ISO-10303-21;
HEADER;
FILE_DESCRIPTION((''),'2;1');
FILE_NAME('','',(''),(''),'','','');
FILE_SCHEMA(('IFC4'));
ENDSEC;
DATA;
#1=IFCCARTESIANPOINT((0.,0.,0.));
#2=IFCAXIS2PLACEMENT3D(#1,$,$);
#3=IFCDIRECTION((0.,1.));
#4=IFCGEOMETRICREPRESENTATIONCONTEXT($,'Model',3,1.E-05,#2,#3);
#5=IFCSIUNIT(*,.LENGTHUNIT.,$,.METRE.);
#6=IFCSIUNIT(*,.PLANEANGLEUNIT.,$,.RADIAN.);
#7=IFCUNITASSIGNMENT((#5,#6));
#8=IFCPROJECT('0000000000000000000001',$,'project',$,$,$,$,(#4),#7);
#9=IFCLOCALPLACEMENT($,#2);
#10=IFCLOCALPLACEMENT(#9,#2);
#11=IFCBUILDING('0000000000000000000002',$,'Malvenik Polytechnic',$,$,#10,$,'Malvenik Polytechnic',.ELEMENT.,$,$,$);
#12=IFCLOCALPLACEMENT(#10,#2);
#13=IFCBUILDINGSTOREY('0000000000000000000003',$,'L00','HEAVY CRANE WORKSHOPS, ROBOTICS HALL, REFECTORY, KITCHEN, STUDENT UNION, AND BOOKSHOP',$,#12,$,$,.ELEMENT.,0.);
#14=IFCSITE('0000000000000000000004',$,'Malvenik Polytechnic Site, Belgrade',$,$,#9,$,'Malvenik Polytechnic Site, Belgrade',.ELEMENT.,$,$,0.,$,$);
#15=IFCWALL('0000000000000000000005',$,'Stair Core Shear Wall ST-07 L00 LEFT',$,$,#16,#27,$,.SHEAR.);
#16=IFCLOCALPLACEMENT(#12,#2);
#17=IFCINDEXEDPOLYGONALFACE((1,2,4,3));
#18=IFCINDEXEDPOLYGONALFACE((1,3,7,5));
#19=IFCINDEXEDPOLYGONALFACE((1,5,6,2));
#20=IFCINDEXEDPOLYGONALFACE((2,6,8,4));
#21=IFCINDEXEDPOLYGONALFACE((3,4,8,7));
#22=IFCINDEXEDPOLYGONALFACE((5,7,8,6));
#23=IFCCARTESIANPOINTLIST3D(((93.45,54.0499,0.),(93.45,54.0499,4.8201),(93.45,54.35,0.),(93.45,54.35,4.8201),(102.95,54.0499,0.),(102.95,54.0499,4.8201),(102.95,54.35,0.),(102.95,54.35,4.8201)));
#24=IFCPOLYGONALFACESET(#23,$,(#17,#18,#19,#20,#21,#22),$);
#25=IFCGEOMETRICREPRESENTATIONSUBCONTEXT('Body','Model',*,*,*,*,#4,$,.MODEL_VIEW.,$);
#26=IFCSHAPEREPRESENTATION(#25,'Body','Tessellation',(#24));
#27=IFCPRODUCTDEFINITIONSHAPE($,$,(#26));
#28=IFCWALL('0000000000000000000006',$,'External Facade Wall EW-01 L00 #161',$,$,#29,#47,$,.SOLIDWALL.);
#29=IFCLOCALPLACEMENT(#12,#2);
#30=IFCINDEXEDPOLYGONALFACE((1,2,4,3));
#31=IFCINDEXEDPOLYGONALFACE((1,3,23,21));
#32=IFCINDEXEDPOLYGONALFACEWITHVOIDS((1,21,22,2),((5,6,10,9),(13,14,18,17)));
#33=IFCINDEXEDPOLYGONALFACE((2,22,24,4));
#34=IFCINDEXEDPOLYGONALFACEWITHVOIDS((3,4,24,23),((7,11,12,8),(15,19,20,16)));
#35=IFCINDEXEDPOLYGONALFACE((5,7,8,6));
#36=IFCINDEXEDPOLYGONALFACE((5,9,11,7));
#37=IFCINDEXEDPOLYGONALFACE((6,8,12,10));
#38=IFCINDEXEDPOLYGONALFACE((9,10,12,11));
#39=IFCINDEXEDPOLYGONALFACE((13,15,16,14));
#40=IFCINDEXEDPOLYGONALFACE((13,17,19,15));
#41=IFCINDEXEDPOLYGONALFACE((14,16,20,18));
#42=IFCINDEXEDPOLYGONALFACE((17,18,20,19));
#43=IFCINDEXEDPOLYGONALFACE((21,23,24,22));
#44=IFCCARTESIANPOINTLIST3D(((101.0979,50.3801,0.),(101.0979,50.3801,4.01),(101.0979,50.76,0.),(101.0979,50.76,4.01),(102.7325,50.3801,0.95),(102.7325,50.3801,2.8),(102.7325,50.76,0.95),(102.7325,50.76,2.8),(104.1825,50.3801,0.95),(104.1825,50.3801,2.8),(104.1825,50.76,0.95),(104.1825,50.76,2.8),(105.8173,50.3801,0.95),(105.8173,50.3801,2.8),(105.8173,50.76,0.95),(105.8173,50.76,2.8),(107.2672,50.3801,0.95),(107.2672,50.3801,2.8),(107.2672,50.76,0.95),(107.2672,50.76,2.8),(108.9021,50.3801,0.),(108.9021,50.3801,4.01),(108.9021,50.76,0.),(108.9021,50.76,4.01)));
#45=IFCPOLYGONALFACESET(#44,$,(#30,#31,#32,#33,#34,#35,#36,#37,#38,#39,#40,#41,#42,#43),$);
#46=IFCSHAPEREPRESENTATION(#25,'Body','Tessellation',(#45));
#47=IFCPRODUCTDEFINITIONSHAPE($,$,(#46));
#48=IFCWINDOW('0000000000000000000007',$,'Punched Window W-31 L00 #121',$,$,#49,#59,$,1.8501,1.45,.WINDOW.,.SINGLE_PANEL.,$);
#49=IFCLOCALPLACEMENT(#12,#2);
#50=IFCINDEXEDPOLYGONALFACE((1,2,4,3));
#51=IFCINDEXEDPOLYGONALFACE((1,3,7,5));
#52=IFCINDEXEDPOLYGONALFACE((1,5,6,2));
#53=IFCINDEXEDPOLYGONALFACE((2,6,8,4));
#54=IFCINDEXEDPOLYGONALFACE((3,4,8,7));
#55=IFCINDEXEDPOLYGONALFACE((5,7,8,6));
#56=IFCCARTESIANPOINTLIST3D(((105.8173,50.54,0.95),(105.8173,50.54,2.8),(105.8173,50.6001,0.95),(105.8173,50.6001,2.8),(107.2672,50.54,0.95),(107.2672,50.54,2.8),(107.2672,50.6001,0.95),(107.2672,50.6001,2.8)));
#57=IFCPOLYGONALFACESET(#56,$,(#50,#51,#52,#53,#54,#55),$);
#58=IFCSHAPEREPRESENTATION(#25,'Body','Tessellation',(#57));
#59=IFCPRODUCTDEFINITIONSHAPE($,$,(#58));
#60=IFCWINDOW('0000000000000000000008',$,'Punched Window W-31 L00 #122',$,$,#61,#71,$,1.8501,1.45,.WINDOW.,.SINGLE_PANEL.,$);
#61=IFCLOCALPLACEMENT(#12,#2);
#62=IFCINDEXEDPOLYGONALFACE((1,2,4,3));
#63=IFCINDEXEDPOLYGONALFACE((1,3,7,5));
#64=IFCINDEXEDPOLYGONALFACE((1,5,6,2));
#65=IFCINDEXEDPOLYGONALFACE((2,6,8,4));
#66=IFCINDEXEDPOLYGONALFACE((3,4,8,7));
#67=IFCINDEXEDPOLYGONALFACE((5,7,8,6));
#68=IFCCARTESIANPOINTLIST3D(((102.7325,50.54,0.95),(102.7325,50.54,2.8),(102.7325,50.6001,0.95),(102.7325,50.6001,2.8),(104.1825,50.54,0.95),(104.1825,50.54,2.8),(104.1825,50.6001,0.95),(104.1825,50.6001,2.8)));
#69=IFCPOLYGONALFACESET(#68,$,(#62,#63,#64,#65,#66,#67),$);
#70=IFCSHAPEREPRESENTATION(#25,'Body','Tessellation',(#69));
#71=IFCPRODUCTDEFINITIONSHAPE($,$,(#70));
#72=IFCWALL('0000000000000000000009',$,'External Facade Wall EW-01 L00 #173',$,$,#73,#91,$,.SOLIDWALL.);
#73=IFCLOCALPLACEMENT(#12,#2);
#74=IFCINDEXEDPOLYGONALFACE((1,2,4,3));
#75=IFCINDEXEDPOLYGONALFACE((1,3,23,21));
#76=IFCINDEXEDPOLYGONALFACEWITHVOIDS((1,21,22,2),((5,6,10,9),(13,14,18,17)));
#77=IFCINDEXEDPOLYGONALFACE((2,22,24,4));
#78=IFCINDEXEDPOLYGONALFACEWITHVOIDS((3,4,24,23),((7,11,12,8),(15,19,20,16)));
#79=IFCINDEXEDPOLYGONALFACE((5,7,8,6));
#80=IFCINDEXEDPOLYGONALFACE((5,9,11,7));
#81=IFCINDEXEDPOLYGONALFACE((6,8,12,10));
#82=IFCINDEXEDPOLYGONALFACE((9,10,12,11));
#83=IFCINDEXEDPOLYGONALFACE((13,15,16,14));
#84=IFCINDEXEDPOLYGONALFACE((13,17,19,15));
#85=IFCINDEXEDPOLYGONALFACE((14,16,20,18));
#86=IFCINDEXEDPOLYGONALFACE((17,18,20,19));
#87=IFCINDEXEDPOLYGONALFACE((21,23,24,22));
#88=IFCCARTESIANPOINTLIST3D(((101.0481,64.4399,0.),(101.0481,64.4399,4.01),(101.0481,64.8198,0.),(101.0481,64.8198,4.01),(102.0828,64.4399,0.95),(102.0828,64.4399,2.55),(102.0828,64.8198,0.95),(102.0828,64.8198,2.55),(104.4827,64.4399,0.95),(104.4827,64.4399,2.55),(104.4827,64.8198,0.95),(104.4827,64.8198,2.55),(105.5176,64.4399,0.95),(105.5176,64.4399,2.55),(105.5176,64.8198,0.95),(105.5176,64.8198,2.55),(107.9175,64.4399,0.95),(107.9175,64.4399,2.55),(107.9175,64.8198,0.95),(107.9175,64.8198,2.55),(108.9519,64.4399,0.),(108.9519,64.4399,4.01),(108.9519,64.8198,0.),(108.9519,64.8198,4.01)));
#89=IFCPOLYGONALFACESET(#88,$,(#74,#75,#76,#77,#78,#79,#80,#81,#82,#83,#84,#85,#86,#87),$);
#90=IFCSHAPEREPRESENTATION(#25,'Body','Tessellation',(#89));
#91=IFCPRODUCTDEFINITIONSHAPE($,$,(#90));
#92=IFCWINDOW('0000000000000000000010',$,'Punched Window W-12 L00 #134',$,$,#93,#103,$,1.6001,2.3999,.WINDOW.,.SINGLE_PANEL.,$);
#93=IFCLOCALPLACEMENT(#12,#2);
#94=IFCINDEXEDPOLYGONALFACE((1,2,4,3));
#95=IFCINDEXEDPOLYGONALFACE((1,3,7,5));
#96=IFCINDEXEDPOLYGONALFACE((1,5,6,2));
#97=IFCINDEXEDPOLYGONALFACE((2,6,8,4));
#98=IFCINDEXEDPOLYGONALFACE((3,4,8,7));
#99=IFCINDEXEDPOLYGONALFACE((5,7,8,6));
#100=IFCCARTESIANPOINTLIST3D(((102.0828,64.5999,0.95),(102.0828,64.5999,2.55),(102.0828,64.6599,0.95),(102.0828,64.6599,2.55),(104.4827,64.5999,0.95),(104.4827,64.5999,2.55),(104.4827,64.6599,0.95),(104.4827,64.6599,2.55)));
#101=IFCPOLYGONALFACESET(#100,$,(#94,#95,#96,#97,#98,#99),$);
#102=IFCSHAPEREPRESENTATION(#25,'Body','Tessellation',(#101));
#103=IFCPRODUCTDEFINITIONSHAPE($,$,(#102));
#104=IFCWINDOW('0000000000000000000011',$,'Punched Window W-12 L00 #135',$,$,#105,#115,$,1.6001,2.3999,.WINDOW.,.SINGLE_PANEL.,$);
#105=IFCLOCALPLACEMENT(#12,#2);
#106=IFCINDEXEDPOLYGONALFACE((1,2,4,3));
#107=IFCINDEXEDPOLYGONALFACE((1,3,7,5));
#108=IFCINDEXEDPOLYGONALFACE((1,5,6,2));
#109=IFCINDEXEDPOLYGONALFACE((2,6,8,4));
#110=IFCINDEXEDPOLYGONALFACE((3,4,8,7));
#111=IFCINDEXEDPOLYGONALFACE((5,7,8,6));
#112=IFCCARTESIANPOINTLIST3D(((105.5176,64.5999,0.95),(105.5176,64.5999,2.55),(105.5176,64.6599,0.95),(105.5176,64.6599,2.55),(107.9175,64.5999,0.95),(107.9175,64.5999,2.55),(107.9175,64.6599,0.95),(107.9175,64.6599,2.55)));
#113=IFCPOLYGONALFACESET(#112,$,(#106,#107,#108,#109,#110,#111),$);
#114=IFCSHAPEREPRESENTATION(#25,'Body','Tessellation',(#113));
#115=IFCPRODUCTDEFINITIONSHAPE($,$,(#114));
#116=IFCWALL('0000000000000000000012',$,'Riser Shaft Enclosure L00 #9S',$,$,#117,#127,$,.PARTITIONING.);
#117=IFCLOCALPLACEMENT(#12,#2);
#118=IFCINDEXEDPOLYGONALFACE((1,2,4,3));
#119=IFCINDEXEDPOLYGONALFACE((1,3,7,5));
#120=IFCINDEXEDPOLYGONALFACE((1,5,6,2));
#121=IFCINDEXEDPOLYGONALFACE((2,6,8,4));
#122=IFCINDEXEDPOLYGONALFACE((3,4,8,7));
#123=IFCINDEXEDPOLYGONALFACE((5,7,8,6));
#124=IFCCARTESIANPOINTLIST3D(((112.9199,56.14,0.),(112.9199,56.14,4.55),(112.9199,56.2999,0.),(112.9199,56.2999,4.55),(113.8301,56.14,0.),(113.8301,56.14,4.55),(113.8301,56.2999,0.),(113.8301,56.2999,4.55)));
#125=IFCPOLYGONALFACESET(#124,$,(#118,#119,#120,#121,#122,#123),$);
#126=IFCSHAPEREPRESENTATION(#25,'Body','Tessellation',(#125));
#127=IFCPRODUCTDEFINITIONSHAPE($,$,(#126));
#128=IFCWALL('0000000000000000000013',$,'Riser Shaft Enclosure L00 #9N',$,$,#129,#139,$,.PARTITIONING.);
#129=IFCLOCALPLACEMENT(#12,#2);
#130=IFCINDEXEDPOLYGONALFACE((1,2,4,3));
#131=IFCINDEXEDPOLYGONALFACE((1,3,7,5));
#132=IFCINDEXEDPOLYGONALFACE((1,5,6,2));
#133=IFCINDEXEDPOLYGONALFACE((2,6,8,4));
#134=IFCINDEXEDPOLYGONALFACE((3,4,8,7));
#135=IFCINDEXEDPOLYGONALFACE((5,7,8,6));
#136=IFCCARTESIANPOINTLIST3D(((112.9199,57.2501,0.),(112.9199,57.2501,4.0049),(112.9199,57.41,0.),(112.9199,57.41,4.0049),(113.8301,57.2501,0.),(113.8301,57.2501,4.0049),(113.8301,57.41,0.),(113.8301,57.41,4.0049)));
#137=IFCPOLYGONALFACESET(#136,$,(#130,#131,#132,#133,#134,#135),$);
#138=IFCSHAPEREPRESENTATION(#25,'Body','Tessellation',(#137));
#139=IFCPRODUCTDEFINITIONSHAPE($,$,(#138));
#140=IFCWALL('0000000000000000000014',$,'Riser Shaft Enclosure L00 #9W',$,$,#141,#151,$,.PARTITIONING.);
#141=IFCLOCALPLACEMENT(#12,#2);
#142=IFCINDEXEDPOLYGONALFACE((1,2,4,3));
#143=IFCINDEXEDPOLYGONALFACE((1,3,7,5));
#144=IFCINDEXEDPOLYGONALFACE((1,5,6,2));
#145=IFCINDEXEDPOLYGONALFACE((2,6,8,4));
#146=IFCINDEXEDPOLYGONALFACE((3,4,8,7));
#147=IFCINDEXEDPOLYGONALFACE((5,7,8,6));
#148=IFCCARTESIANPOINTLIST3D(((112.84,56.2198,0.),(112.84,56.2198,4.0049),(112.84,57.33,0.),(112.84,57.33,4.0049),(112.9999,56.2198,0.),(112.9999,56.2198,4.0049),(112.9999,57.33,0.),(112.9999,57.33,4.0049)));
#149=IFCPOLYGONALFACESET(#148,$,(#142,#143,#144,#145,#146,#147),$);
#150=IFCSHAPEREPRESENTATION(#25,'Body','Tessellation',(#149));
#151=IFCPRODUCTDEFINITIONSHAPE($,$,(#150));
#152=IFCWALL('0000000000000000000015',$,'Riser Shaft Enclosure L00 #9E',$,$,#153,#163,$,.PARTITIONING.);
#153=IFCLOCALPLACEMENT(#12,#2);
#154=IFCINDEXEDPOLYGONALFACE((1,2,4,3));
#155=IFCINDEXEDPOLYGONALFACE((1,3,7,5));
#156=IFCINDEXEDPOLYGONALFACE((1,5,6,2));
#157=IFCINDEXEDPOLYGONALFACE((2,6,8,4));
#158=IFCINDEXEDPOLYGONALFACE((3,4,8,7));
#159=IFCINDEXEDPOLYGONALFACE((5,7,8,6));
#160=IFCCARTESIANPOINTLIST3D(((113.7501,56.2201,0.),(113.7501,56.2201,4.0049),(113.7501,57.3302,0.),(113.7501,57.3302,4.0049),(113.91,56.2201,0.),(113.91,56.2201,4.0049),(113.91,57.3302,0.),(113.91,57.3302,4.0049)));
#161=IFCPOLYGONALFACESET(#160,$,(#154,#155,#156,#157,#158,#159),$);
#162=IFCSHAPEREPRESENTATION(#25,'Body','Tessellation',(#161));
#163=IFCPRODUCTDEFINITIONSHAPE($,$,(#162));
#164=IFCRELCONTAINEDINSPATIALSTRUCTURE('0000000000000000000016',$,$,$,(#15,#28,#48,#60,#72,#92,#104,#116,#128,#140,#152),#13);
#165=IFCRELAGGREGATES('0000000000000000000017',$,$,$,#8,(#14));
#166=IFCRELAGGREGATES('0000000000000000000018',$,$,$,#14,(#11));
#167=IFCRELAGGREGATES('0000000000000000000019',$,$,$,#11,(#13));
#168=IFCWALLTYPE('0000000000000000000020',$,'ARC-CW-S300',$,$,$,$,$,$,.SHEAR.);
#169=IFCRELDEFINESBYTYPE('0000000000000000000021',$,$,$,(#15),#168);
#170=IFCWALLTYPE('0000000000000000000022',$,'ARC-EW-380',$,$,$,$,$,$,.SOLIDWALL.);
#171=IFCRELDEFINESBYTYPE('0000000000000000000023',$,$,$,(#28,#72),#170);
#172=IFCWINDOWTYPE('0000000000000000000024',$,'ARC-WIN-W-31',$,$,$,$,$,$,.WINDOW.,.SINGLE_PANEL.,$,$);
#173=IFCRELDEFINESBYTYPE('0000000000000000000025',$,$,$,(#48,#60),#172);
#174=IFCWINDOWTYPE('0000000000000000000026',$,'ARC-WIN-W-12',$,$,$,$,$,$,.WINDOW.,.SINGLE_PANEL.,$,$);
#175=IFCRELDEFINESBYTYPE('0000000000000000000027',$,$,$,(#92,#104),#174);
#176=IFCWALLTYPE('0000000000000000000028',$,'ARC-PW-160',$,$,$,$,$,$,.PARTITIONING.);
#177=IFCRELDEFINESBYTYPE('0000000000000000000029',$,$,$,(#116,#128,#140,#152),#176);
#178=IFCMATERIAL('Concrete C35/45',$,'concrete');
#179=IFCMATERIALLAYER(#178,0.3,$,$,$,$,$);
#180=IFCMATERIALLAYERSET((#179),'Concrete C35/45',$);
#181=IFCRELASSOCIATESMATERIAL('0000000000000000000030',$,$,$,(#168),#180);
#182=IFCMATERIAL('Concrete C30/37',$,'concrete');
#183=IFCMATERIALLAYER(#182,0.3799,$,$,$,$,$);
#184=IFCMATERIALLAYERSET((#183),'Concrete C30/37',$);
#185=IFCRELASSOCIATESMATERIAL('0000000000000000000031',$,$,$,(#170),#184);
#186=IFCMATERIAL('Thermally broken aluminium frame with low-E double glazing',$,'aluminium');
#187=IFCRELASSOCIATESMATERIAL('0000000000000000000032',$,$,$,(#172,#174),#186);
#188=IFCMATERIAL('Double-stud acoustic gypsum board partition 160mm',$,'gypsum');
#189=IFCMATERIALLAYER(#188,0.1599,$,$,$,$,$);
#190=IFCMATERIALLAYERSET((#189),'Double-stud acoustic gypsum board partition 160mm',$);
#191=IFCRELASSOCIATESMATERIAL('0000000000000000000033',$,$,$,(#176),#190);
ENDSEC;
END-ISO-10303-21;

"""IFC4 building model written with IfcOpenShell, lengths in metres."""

from ifc_helpers import new_model, si_unit, direction, frame, frame_2d, origin, place, context, subcontext, project, spatial, rectangle, extrude, material, layer, layer_set, type_object, element, fill, save


model = new_model("IFC4")

# Units and contexts
model_context = context("Model", 3, precision=1e-05, world=origin(), true_north=direction((0.0, 1.0)))
body_context = subcontext(model_context, "Body", "Model", "MODEL_VIEW")
ifc_project = project(units=[si_unit("LENGTHUNIT", "METRE"), si_unit("PLANEANGLEUNIT", "RADIAN")], contexts=[model_context])

# Site, building, storey
site_placement = place(None, origin())
site = spatial("IfcSite", under=ifc_project, at=site_placement, Name="Malvenik Polytechnic Site, Belgrade", LongName="Malvenik Polytechnic Site, Belgrade", CompositionType="ELEMENT", RefElevation=0.0)
building_placement = place(site_placement, origin())
building = spatial("IfcBuilding", under=site, at=building_placement, Name="Malvenik Polytechnic", LongName="Malvenik Polytechnic", CompositionType="ELEMENT")
storey_placement = place(building_placement, origin())
storey = spatial("IfcBuildingStorey", under=building, at=storey_placement, Name="L00", Description="HEAVY CRANE WORKSHOPS, ROBOTICS HALL, REFECTORY, KITCHEN, STUDENT UNION, AND BOOKSHOP", CompositionType="ELEMENT", Elevation=0.0)

# Shared definitions
ifc_material_1 = material(Name="Concrete C35/45", Category="concrete")

# Shared definitions
ifc_material_2 = material(Name="Concrete C30/37", Category="concrete")

# Wall
ifc_layer_1 = layer(ifc_material_1, 0.3)
ifc_layer_set_1 = layer_set([ifc_layer_1], Name="Concrete C35/45")
wall_type_1 = type_object("IfcWallType", Name="ARC-CW-S300", PredefinedType="SHEAR", material=ifc_layer_set_1)
wall_1_placement = place(storey_placement, frame((102.95, 54.2, 0.0), z_axis=(0.0, 0.0, 1.0), x_axis=(-1.0, 0.0, 0.0)))
element("IfcWall", 1, at=wall_1_placement, inside=storey, type_object=wall_type_1, Name="Stair Core Shear Wall ST-07 L00 LEFT", PredefinedType="SHEAR", context=body_context, shape_type="SweptSolid", body=[
    extrude(rectangle(XDim=9.5, YDim=0.3, at=frame_2d((4.75, 0.0))), origin(), (0.0, 0.0, 1.0), 4.8201),
])

# Walls, openings, windows
ifc_layer_2 = layer(ifc_material_2, 0.3799)
ifc_layer_set_2 = layer_set([ifc_layer_2], Name="Concrete C30/37")
wall_type_2 = type_object("IfcWallType", Name="ARC-EW-380", PredefinedType="SOLIDWALL", material=ifc_layer_set_2)
wall_2_placement = place(storey_placement, frame((108.9021, 50.5701, 0.0), z_axis=(0.0, 0.0, 1.0), x_axis=(-1.0, 0.0, 0.0)))
wall_2 = element("IfcWall", 2, at=wall_2_placement, inside=storey, type_object=wall_type_2, Name="External Facade Wall EW-01 L00 #161", PredefinedType="SOLIDWALL", context=body_context, shape_type="SweptSolid", body=[
    extrude(rectangle(XDim=7.8042, YDim=0.3799, at=frame_2d((3.9021, 0.0))), origin(), (0.0, 0.0, 1.0), 4.01),
])
opening_1_placement = place(wall_2_placement, frame((1.6348, 0.0, 0.95)))
opening_1 = element("IfcOpeningElement", 3, at=opening_1_placement, cuts=wall_2, PredefinedType="OPENING", context=body_context, shape_type="SweptSolid", body=[
    extrude(rectangle(XDim=1.45, YDim=1.8501, at=frame_2d((0.7251, 0.925))), frame((0.0, 0.2, 0.0), z_axis=(0.0, -1.0, 0.0), x_axis=(1.0, 0.0, 0.0)), (0.0, 0.0, 1.0), 0.3999),
])
opening_2_placement = place(wall_2_placement, frame((4.7195, 0.0, 0.95)))
opening_2 = element("IfcOpeningElement", 4, at=opening_2_placement, cuts=wall_2, PredefinedType="OPENING", context=body_context, shape_type="SweptSolid", body=[
    extrude(rectangle(XDim=1.45, YDim=1.8501, at=frame_2d((0.7251, 0.925))), frame((0.0, 0.2, 0.0), z_axis=(0.0, -1.0, 0.0), x_axis=(1.0, 0.0, 0.0)), (0.0, 0.0, 1.0), 0.3999),
])
ifc_material_3 = material(Name="Thermally broken aluminium frame with low-E double glazing", Category="aluminium")
window_type_1 = type_object("IfcWindowType", Name="ARC-WIN-W-31", PartitioningType="SINGLE_PANEL", PredefinedType="WINDOW", material=ifc_material_3)
window_1_placement = place(opening_1_placement, origin())
window_1 = element("IfcWindow", 5, at=window_1_placement, inside=storey, type_object=window_type_1, Name="Punched Window W-31 L00 #121", OverallHeight=1.8501, OverallWidth=1.45, PartitioningType="SINGLE_PANEL", PredefinedType="WINDOW", context=body_context, shape_type="SweptSolid", body=[
    extrude(rectangle(XDim=1.45, YDim=1.8501, at=frame_2d((0.7251, 0.925))), frame((0.0, 0.03, 0.0), z_axis=(0.0, -1.0, 0.0), x_axis=(1.0, 0.0, 0.0)), (0.0, 0.0, 1.0), 0.0601),
])
fill(opening_1, window_1)
window_2_placement = place(opening_2_placement, origin())
window_2 = element("IfcWindow", 6, at=window_2_placement, inside=storey, type_object=window_type_1, Name="Punched Window W-31 L00 #122", OverallHeight=1.8501, OverallWidth=1.45, PartitioningType="SINGLE_PANEL", PredefinedType="WINDOW", context=body_context, shape_type="SweptSolid", body=[
    extrude(rectangle(XDim=1.45, YDim=1.8501, at=frame_2d((0.7251, 0.925))), frame((0.0, 0.03, 0.0), z_axis=(0.0, -1.0, 0.0), x_axis=(1.0, 0.0, 0.0)), (0.0, 0.0, 1.0), 0.0601),
])
fill(opening_2, window_2)
wall_3_placement = place(storey_placement, frame((101.0481, 64.6299, 0.0), z_axis=(0.0, 0.0, 1.0), x_axis=(1.0, 0.0, 0.0)))
wall_3 = element("IfcWall", 7, at=wall_3_placement, inside=storey, type_object=wall_type_2, Name="External Facade Wall EW-01 L00 #173", PredefinedType="SOLIDWALL", context=body_context, shape_type="SweptSolid", body=[
    extrude(rectangle(XDim=7.9038, YDim=0.3799, at=frame_2d((3.9519, 0.0))), origin(), (0.0, 0.0, 1.0), 4.01),
])
opening_3_placement = place(wall_3_placement, frame((1.0347, 0.0, 0.95)))
opening_3 = element("IfcOpeningElement", 8, at=opening_3_placement, cuts=wall_3, PredefinedType="OPENING", context=body_context, shape_type="SweptSolid", body=[
    extrude(rectangle(XDim=2.3999, YDim=1.6001, at=frame_2d((1.2, 0.8))), frame((0.0, 0.2, 0.0), z_axis=(0.0, -1.0, 0.0), x_axis=(1.0, 0.0, 0.0)), (0.0, 0.0, 1.0), 0.3999),
])
opening_4_placement = place(wall_3_placement, frame((4.4695, 0.0, 0.95)))
opening_4 = element("IfcOpeningElement", 9, at=opening_4_placement, cuts=wall_3, PredefinedType="OPENING", context=body_context, shape_type="SweptSolid", body=[
    extrude(rectangle(XDim=2.3999, YDim=1.6001, at=frame_2d((1.2, 0.8))), frame((0.0, 0.2, 0.0), z_axis=(0.0, -1.0, 0.0), x_axis=(1.0, 0.0, 0.0)), (0.0, 0.0, 1.0), 0.3999),
])
window_type_2 = type_object("IfcWindowType", Name="ARC-WIN-W-12", PartitioningType="SINGLE_PANEL", PredefinedType="WINDOW", material=ifc_material_3)
window_3_placement = place(opening_3_placement, origin())
window_3 = element("IfcWindow", 10, at=window_3_placement, inside=storey, type_object=window_type_2, Name="Punched Window W-12 L00 #134", OverallHeight=1.6001, OverallWidth=2.3999, PartitioningType="SINGLE_PANEL", PredefinedType="WINDOW", context=body_context, shape_type="SweptSolid", body=[
    extrude(rectangle(XDim=2.3999, YDim=1.6001, at=frame_2d((1.2, 0.8))), frame((0.0, 0.03, 0.0), z_axis=(0.0, -1.0, 0.0), x_axis=(1.0, 0.0, 0.0)), (0.0, 0.0, 1.0), 0.0601),
])
fill(opening_3, window_3)
window_4_placement = place(opening_4_placement, origin())
window_4 = element("IfcWindow", 11, at=window_4_placement, inside=storey, type_object=window_type_2, Name="Punched Window W-12 L00 #135", OverallHeight=1.6001, OverallWidth=2.3999, PartitioningType="SINGLE_PANEL", PredefinedType="WINDOW", context=body_context, shape_type="SweptSolid", body=[
    extrude(rectangle(XDim=2.3999, YDim=1.6001, at=frame_2d((1.2, 0.8))), frame((0.0, 0.03, 0.0), z_axis=(0.0, -1.0, 0.0), x_axis=(1.0, 0.0, 0.0)), (0.0, 0.0, 1.0), 0.0601),
])
fill(opening_4, window_4)

# Walls
ifc_material_4 = material(Name="Double-stud acoustic gypsum board partition 160mm", Category="gypsum")
ifc_layer_3 = layer(ifc_material_4, 0.1599)
ifc_layer_set_3 = layer_set([ifc_layer_3], Name="Double-stud acoustic gypsum board partition 160mm")
wall_type_3 = type_object("IfcWallType", Name="ARC-PW-160", PredefinedType="PARTITIONING", material=ifc_layer_set_3)
wall_4_placement = place(storey_placement, frame((112.9199, 56.22, 0.0), z_axis=(0.0, 0.0, 1.0), x_axis=(1.0, 0.0, 0.0)))
element("IfcWall", 12, at=wall_4_placement, inside=storey, type_object=wall_type_3, Name="Riser Shaft Enclosure L00 #9S", PredefinedType="PARTITIONING", context=body_context, shape_type="SweptSolid", body=[
    extrude(rectangle(XDim=0.9102, YDim=0.1599, at=frame_2d((0.4551, 0.0))), origin(), (0.0, 0.0, 1.0), 4.55),
])
wall_5_placement = place(storey_placement, frame((113.8301, 57.3301, 0.0), z_axis=(0.0, 0.0, 1.0), x_axis=(-1.0, 0.0, 0.0)))
element("IfcWall", 13, at=wall_5_placement, inside=storey, type_object=wall_type_3, Name="Riser Shaft Enclosure L00 #9N", PredefinedType="PARTITIONING", context=body_context, shape_type="SweptSolid", body=[
    extrude(rectangle(XDim=0.9102, YDim=0.1599, at=frame_2d((0.4551, 0.0))), origin(), (0.0, 0.0, 1.0), 4.0049),
])
for number, where, z_axis, x_axis, name in (
    (14, (112.9199, 57.3301, 0.0), (0.0, 0.0, 1.0), (0.0, -1.0, 0.0), "Riser Shaft Enclosure L00 #9W"),
    (15, (113.8301, 56.22, 0.0), (0.0, 0.0, 1.0), (0.0, 1.0, 0.0), "Riser Shaft Enclosure L00 #9E"),
):
    element("IfcWall", number, at=place(storey_placement, frame(where, z_axis=z_axis, x_axis=x_axis)), inside=storey, type_object=wall_type_3, Name=name, PredefinedType="PARTITIONING", context=body_context, shape_type="SweptSolid", body=[
        extrude(rectangle(XDim=1.1101, YDim=0.1599, at=frame_2d((0.5552, 0.0))), origin(), (0.0, 0.0, 1.0), 4.0049),
    ])

save(model, "model.ifc")
